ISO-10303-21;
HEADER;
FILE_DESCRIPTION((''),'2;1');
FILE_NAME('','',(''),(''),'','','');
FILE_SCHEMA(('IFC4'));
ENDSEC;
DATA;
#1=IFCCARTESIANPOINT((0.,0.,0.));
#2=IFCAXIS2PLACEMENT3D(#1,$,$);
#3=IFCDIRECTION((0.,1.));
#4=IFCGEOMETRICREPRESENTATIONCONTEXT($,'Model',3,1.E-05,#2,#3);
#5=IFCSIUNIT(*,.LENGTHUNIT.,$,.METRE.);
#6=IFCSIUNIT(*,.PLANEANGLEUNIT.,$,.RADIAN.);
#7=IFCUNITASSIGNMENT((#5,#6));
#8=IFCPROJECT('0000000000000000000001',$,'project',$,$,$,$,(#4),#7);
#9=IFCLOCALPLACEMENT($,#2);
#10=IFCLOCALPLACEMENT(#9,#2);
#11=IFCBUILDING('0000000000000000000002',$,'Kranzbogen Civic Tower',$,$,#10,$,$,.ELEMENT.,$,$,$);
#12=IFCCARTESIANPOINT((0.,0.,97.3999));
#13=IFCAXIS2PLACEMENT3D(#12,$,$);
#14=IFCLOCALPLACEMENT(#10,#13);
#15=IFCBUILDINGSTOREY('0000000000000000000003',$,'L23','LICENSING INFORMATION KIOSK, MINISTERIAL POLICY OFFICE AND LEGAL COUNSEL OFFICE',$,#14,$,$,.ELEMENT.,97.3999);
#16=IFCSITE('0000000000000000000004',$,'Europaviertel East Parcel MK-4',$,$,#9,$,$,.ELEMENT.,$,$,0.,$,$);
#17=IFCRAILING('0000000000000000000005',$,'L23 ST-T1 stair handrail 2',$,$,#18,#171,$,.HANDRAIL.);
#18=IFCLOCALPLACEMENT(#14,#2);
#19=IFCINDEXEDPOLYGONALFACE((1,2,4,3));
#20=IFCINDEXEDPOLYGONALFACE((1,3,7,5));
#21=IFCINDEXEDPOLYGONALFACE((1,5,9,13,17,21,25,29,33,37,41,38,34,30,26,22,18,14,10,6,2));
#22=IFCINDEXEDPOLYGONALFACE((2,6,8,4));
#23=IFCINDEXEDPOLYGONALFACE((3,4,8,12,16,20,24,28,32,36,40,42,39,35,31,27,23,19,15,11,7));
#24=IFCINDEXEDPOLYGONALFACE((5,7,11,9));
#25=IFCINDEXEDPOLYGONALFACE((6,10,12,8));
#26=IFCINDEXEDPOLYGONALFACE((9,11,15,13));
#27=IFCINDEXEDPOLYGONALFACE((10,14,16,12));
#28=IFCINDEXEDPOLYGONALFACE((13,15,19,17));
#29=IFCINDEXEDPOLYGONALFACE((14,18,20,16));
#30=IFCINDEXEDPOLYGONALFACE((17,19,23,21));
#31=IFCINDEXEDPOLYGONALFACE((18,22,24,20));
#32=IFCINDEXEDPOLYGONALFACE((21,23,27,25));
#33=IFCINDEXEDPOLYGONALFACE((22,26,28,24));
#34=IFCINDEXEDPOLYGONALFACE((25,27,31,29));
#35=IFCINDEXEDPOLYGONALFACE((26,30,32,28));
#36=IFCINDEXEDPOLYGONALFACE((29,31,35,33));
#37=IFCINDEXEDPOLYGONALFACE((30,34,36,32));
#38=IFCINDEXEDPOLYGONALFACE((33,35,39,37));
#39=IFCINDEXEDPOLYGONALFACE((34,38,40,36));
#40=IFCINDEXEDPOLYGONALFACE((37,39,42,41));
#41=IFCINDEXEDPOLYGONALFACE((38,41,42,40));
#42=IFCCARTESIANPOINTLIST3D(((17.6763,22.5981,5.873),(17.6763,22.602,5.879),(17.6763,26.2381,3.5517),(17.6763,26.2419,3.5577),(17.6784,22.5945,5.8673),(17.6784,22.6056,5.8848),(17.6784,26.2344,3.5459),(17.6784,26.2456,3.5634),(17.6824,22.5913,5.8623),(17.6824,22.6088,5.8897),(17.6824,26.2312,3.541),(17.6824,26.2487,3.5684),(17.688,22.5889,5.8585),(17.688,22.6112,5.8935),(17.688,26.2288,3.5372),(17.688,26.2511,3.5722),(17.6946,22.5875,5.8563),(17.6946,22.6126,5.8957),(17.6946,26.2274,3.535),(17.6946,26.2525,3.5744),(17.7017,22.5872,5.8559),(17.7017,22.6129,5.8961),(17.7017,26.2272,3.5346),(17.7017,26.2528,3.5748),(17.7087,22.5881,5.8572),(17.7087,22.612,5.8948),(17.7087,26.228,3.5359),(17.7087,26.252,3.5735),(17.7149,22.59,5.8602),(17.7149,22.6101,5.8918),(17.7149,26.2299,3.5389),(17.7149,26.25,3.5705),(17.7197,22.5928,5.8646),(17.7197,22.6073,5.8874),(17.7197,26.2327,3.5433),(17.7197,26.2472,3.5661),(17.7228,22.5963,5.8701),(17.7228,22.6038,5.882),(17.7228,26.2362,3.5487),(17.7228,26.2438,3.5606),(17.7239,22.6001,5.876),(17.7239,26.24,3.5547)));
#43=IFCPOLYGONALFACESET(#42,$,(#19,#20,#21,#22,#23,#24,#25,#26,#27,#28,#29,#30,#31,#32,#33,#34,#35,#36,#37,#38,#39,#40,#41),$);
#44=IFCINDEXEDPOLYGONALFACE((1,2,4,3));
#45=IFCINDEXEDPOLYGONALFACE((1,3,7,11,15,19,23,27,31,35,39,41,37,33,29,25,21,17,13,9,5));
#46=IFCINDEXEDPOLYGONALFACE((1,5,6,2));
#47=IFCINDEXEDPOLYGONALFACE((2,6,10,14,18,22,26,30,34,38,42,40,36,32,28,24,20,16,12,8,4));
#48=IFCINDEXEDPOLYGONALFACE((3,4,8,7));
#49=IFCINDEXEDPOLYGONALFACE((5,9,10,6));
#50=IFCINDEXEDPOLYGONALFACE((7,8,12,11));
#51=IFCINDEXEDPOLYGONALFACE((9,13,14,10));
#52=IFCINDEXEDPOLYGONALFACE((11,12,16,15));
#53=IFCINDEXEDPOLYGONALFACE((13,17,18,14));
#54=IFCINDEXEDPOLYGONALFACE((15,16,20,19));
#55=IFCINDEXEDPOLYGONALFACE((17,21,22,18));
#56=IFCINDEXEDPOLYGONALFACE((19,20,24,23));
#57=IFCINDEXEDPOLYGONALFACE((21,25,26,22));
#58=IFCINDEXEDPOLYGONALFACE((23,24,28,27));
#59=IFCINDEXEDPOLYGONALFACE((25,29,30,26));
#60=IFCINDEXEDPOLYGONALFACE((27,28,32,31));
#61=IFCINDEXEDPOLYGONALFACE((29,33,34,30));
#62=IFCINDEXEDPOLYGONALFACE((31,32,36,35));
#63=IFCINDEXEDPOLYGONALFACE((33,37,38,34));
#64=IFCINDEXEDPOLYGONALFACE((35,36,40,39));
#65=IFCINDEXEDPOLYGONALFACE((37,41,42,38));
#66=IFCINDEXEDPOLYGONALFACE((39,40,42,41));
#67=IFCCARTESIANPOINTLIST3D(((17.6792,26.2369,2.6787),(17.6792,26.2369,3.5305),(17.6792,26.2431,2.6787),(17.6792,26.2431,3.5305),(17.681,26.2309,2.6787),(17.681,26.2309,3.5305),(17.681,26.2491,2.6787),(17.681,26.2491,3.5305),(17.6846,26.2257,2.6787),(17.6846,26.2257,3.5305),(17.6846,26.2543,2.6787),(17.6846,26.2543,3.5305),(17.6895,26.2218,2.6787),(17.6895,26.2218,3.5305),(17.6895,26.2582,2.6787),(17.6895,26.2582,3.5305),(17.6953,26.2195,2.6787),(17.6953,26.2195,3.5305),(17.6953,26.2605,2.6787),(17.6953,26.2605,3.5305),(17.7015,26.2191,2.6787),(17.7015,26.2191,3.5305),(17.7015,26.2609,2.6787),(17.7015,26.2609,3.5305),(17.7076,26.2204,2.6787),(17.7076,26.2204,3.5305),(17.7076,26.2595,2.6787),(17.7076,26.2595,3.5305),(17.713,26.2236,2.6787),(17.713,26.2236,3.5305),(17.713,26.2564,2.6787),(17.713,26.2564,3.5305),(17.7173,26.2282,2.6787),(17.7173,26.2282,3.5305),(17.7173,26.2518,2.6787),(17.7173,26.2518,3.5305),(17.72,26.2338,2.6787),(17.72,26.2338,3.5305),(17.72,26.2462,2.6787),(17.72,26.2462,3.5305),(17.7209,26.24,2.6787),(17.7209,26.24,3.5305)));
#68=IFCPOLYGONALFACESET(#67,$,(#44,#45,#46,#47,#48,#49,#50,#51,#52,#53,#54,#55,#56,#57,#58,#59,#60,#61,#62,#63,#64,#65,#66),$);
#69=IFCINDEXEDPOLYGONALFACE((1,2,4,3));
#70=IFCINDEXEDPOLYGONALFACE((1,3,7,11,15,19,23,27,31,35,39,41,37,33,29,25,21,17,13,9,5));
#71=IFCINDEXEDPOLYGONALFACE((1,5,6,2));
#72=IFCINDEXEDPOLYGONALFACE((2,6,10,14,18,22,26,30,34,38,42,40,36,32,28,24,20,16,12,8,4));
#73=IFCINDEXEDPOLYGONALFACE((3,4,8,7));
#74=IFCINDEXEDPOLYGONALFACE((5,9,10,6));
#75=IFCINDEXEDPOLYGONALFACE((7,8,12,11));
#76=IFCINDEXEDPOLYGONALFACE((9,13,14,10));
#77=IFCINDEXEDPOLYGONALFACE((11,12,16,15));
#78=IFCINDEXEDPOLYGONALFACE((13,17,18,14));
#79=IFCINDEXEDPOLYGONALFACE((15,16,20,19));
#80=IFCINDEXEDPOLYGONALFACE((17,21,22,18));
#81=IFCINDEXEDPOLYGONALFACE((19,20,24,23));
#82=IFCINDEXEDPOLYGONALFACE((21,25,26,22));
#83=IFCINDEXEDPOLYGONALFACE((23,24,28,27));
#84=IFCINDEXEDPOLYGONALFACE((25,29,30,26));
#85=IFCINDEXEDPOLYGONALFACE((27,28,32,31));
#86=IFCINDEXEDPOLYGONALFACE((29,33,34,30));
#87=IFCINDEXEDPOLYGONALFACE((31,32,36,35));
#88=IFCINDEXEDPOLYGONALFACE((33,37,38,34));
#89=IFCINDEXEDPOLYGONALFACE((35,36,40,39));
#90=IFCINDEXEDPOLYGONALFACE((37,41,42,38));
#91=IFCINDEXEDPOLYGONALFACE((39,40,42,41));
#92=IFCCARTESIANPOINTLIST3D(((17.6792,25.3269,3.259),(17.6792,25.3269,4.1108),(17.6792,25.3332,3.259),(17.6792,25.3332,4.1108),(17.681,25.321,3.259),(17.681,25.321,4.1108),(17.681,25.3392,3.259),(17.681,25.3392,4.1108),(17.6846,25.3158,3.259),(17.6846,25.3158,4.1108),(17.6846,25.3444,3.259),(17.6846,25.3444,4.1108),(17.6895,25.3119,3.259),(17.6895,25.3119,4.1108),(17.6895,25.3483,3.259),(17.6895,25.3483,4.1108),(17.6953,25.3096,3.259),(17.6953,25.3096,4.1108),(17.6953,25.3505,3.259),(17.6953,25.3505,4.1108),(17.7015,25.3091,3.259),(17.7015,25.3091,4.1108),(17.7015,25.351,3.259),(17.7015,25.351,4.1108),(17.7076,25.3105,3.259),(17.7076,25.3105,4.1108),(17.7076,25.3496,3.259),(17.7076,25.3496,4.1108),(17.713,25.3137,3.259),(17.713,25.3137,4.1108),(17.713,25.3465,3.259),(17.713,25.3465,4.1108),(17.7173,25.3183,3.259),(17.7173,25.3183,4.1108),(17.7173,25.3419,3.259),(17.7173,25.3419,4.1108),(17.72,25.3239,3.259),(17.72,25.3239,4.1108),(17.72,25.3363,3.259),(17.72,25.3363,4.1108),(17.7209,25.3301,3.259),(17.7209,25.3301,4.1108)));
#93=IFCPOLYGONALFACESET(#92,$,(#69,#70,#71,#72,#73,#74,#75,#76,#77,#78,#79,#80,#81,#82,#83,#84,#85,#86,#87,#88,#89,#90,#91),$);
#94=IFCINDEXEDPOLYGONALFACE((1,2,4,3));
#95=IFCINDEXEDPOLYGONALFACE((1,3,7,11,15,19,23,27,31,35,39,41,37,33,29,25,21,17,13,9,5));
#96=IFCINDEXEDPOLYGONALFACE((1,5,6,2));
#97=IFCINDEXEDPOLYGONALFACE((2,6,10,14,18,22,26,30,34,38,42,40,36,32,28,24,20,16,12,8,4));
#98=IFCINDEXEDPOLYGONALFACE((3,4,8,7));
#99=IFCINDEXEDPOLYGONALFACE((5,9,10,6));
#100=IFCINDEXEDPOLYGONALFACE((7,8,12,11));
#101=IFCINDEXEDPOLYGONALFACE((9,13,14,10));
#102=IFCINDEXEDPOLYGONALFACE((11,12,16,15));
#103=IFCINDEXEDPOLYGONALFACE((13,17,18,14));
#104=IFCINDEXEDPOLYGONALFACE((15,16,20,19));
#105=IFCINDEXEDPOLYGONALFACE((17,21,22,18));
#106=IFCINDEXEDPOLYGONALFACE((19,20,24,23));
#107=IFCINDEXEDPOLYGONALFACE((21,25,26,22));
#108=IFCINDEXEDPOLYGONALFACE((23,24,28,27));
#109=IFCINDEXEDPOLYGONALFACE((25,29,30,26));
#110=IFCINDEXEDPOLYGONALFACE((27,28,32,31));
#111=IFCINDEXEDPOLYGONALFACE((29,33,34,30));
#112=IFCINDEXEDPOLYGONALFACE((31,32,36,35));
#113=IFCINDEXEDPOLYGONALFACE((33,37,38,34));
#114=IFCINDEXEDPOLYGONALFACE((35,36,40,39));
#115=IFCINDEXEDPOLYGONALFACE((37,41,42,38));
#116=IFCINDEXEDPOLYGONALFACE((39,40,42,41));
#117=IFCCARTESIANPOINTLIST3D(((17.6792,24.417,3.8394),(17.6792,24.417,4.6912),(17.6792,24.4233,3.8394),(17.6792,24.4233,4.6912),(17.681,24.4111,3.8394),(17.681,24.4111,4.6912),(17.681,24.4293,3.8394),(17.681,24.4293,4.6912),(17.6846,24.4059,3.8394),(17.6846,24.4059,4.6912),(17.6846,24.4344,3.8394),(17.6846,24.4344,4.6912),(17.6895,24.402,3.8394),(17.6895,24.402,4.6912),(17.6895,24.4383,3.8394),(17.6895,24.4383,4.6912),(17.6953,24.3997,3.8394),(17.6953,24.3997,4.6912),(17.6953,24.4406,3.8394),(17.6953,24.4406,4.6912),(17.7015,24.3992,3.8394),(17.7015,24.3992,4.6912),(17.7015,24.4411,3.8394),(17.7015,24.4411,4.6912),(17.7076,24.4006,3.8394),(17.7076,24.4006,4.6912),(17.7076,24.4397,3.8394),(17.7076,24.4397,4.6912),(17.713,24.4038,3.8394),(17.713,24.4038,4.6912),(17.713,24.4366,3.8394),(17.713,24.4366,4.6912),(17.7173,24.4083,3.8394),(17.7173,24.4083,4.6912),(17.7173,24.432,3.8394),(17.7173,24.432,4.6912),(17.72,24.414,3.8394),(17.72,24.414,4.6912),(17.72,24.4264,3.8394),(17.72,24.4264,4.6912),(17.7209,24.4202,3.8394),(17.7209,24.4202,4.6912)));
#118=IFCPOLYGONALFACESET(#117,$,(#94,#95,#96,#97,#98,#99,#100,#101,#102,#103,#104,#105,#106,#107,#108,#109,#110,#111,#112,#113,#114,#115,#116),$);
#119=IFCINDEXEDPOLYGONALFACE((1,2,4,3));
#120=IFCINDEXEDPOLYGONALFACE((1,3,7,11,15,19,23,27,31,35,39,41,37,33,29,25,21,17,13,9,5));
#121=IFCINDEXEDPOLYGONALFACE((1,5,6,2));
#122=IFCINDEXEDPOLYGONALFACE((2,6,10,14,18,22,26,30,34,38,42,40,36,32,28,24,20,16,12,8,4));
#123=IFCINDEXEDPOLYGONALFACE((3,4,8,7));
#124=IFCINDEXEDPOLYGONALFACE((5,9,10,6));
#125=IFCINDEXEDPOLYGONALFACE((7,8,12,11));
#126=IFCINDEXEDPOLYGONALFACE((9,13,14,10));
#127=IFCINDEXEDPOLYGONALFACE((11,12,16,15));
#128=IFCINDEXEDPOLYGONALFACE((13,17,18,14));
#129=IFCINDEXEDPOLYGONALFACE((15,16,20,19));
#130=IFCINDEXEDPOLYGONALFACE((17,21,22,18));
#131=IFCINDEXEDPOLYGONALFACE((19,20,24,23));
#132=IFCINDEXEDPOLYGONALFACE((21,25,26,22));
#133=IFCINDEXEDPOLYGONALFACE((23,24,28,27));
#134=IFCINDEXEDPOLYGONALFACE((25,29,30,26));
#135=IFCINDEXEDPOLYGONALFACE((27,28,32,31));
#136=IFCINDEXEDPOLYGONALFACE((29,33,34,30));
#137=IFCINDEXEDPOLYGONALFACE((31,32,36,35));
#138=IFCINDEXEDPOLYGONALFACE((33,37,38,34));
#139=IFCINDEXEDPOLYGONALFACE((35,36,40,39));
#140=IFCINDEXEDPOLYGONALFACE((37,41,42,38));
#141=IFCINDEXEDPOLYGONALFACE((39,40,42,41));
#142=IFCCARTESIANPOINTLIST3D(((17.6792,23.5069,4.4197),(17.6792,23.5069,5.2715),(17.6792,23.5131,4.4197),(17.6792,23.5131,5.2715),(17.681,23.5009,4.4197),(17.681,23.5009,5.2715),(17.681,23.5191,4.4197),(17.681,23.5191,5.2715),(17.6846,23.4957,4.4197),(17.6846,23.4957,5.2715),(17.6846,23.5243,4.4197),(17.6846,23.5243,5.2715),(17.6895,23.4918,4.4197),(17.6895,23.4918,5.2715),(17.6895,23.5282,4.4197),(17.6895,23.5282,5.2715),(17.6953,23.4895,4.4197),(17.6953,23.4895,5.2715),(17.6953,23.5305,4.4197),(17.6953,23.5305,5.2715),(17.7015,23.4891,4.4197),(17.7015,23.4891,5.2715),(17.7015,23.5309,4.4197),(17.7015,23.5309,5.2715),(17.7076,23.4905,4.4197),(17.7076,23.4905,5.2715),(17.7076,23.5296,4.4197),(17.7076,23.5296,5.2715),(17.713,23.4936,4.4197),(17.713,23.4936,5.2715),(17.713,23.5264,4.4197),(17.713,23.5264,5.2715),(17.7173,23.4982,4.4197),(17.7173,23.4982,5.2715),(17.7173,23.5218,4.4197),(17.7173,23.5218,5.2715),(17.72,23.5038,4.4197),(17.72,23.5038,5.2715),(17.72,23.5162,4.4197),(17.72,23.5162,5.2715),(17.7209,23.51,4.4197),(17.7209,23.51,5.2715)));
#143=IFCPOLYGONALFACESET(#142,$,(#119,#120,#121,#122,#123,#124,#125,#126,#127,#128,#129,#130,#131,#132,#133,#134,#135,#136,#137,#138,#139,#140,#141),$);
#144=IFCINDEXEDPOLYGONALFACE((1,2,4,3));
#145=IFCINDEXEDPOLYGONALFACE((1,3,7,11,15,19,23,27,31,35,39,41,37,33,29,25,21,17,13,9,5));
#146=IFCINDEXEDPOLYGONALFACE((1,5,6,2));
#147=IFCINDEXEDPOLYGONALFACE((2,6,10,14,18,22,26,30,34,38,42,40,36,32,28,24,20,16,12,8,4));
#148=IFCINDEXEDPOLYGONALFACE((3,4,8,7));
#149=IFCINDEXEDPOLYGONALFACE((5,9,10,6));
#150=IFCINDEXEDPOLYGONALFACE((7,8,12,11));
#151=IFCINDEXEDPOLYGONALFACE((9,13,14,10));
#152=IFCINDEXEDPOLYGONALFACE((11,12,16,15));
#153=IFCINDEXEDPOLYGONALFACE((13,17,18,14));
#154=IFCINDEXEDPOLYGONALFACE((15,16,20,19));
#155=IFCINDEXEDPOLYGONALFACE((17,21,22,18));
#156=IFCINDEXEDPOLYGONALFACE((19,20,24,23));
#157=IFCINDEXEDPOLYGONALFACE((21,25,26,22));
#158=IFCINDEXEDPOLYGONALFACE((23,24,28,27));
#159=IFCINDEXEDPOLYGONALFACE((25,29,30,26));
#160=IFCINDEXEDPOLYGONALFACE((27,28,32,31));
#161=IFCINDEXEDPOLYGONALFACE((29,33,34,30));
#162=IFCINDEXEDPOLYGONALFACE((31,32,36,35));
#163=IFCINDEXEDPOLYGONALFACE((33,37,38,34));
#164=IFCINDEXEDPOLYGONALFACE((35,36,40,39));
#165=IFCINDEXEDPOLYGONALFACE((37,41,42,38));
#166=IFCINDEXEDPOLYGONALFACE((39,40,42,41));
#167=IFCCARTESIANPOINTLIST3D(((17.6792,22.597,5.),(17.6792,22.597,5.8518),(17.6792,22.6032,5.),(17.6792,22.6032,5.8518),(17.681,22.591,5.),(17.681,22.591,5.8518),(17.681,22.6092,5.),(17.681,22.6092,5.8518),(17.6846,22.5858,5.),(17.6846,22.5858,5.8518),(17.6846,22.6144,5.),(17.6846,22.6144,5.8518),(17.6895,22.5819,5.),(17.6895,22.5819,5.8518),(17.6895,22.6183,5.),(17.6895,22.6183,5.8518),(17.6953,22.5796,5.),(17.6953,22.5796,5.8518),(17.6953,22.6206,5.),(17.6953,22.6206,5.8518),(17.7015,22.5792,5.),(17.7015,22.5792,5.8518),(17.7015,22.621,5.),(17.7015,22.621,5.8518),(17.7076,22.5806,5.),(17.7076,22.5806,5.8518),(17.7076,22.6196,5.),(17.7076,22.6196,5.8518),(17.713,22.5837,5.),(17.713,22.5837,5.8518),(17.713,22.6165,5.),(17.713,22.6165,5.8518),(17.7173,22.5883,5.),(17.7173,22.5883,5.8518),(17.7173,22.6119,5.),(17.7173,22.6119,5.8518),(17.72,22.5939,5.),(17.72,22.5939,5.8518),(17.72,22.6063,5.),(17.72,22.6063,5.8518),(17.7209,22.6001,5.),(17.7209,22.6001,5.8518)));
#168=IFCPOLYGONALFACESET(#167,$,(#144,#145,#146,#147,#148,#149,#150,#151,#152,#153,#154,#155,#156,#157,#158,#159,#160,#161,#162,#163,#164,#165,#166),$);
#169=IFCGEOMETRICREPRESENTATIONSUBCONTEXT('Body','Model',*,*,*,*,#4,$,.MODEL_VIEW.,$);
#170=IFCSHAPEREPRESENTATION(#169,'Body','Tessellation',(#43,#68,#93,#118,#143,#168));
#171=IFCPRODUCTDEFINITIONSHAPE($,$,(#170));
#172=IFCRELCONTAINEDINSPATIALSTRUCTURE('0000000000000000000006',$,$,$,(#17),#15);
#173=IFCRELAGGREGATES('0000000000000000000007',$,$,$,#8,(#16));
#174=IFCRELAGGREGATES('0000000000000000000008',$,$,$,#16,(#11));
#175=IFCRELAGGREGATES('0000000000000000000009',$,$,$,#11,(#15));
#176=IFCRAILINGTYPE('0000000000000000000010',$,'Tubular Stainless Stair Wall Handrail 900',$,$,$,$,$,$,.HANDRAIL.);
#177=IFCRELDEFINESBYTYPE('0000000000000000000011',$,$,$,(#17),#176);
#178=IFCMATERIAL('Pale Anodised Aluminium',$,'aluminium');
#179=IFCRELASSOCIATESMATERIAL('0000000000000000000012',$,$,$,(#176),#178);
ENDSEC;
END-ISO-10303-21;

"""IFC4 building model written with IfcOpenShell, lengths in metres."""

from ifc_helpers import new_model, si_unit, direction, frame, origin, origin_2d, place, context, subcontext, project, spatial, circle, extrude, material, type_object, element, save


model = new_model("IFC4")

# Units and contexts
model_context = context("Model", 3, precision=1e-05, world=origin(), true_north=direction((0.0, 1.0)))
body_context = subcontext(model_context, "Body", "Model", "MODEL_VIEW")
ifc_project = project(units=[si_unit("LENGTHUNIT", "METRE"), si_unit("PLANEANGLEUNIT", "RADIAN")], contexts=[model_context])

# Site, building, storey
site_placement = place(None, origin())
site = spatial("IfcSite", under=ifc_project, at=site_placement, Name="Europaviertel East Parcel MK-4", CompositionType="ELEMENT", RefElevation=0.0)
building_placement = place(site_placement, origin())
building = spatial("IfcBuilding", under=site, at=building_placement, Name="Kranzbogen Civic Tower", CompositionType="ELEMENT")
storey_placement = place(building_placement, frame((0.0, 0.0, 97.3999)))
storey = spatial("IfcBuildingStorey", under=building, at=storey_placement, Name="L23", Description="LICENSING INFORMATION KIOSK, MINISTERIAL POLICY OFFICE AND LEGAL COUNSEL OFFICE", CompositionType="ELEMENT", Elevation=97.3999)

# Shared definitions
ifc_material_1 = material(Name="Pale Anodised Aluminium", Category="aluminium")

# Railing
railing_type_1 = type_object("IfcRailingType", Name="Tubular Stainless Stair Wall Handrail 900", PredefinedType="HANDRAIL", material=ifc_material_1)
railing_1_placement = place(storey_placement, frame((17.7, 26.24, 2.6787)))
element("IfcRailing", 1, at=railing_1_placement, inside=storey, type_object=railing_type_1, Name="L23 ST-T1 stair handrail 2", PredefinedType="HANDRAIL", context=body_context, shape_type="SweptSolid", body=[
    extrude(circle(Radius=0.0239, at=origin_2d()), frame((0.0, 0.0, 0.876), z_axis=(0.0, -0.843137, 0.537699), x_axis=(1.0, 0.0, 0.0)), (0.0, 0.0, 1.0), 4.3171),
    extrude(circle(Radius=0.021, at=origin_2d()), origin(), (0.0, 0.0, 1.0), 0.8518),
    extrude(circle(Radius=0.021, at=origin_2d()), frame((0.0, -0.9099, 0.5803)), (0.0, 0.0, 1.0), 0.8518),
    extrude(circle(Radius=0.021, at=origin_2d()), frame((0.0, -1.8198, 1.1606)), (0.0, 0.0, 1.0), 0.8518),
    extrude(circle(Radius=0.021, at=origin_2d()), frame((0.0, -2.73, 1.741)), (0.0, 0.0, 1.0), 0.8518),
    extrude(circle(Radius=0.021, at=origin_2d()), frame((0.0, -3.6399, 2.3213)), (0.0, 0.0, 1.0), 0.8518),
])

save(model, "model.ifc")
